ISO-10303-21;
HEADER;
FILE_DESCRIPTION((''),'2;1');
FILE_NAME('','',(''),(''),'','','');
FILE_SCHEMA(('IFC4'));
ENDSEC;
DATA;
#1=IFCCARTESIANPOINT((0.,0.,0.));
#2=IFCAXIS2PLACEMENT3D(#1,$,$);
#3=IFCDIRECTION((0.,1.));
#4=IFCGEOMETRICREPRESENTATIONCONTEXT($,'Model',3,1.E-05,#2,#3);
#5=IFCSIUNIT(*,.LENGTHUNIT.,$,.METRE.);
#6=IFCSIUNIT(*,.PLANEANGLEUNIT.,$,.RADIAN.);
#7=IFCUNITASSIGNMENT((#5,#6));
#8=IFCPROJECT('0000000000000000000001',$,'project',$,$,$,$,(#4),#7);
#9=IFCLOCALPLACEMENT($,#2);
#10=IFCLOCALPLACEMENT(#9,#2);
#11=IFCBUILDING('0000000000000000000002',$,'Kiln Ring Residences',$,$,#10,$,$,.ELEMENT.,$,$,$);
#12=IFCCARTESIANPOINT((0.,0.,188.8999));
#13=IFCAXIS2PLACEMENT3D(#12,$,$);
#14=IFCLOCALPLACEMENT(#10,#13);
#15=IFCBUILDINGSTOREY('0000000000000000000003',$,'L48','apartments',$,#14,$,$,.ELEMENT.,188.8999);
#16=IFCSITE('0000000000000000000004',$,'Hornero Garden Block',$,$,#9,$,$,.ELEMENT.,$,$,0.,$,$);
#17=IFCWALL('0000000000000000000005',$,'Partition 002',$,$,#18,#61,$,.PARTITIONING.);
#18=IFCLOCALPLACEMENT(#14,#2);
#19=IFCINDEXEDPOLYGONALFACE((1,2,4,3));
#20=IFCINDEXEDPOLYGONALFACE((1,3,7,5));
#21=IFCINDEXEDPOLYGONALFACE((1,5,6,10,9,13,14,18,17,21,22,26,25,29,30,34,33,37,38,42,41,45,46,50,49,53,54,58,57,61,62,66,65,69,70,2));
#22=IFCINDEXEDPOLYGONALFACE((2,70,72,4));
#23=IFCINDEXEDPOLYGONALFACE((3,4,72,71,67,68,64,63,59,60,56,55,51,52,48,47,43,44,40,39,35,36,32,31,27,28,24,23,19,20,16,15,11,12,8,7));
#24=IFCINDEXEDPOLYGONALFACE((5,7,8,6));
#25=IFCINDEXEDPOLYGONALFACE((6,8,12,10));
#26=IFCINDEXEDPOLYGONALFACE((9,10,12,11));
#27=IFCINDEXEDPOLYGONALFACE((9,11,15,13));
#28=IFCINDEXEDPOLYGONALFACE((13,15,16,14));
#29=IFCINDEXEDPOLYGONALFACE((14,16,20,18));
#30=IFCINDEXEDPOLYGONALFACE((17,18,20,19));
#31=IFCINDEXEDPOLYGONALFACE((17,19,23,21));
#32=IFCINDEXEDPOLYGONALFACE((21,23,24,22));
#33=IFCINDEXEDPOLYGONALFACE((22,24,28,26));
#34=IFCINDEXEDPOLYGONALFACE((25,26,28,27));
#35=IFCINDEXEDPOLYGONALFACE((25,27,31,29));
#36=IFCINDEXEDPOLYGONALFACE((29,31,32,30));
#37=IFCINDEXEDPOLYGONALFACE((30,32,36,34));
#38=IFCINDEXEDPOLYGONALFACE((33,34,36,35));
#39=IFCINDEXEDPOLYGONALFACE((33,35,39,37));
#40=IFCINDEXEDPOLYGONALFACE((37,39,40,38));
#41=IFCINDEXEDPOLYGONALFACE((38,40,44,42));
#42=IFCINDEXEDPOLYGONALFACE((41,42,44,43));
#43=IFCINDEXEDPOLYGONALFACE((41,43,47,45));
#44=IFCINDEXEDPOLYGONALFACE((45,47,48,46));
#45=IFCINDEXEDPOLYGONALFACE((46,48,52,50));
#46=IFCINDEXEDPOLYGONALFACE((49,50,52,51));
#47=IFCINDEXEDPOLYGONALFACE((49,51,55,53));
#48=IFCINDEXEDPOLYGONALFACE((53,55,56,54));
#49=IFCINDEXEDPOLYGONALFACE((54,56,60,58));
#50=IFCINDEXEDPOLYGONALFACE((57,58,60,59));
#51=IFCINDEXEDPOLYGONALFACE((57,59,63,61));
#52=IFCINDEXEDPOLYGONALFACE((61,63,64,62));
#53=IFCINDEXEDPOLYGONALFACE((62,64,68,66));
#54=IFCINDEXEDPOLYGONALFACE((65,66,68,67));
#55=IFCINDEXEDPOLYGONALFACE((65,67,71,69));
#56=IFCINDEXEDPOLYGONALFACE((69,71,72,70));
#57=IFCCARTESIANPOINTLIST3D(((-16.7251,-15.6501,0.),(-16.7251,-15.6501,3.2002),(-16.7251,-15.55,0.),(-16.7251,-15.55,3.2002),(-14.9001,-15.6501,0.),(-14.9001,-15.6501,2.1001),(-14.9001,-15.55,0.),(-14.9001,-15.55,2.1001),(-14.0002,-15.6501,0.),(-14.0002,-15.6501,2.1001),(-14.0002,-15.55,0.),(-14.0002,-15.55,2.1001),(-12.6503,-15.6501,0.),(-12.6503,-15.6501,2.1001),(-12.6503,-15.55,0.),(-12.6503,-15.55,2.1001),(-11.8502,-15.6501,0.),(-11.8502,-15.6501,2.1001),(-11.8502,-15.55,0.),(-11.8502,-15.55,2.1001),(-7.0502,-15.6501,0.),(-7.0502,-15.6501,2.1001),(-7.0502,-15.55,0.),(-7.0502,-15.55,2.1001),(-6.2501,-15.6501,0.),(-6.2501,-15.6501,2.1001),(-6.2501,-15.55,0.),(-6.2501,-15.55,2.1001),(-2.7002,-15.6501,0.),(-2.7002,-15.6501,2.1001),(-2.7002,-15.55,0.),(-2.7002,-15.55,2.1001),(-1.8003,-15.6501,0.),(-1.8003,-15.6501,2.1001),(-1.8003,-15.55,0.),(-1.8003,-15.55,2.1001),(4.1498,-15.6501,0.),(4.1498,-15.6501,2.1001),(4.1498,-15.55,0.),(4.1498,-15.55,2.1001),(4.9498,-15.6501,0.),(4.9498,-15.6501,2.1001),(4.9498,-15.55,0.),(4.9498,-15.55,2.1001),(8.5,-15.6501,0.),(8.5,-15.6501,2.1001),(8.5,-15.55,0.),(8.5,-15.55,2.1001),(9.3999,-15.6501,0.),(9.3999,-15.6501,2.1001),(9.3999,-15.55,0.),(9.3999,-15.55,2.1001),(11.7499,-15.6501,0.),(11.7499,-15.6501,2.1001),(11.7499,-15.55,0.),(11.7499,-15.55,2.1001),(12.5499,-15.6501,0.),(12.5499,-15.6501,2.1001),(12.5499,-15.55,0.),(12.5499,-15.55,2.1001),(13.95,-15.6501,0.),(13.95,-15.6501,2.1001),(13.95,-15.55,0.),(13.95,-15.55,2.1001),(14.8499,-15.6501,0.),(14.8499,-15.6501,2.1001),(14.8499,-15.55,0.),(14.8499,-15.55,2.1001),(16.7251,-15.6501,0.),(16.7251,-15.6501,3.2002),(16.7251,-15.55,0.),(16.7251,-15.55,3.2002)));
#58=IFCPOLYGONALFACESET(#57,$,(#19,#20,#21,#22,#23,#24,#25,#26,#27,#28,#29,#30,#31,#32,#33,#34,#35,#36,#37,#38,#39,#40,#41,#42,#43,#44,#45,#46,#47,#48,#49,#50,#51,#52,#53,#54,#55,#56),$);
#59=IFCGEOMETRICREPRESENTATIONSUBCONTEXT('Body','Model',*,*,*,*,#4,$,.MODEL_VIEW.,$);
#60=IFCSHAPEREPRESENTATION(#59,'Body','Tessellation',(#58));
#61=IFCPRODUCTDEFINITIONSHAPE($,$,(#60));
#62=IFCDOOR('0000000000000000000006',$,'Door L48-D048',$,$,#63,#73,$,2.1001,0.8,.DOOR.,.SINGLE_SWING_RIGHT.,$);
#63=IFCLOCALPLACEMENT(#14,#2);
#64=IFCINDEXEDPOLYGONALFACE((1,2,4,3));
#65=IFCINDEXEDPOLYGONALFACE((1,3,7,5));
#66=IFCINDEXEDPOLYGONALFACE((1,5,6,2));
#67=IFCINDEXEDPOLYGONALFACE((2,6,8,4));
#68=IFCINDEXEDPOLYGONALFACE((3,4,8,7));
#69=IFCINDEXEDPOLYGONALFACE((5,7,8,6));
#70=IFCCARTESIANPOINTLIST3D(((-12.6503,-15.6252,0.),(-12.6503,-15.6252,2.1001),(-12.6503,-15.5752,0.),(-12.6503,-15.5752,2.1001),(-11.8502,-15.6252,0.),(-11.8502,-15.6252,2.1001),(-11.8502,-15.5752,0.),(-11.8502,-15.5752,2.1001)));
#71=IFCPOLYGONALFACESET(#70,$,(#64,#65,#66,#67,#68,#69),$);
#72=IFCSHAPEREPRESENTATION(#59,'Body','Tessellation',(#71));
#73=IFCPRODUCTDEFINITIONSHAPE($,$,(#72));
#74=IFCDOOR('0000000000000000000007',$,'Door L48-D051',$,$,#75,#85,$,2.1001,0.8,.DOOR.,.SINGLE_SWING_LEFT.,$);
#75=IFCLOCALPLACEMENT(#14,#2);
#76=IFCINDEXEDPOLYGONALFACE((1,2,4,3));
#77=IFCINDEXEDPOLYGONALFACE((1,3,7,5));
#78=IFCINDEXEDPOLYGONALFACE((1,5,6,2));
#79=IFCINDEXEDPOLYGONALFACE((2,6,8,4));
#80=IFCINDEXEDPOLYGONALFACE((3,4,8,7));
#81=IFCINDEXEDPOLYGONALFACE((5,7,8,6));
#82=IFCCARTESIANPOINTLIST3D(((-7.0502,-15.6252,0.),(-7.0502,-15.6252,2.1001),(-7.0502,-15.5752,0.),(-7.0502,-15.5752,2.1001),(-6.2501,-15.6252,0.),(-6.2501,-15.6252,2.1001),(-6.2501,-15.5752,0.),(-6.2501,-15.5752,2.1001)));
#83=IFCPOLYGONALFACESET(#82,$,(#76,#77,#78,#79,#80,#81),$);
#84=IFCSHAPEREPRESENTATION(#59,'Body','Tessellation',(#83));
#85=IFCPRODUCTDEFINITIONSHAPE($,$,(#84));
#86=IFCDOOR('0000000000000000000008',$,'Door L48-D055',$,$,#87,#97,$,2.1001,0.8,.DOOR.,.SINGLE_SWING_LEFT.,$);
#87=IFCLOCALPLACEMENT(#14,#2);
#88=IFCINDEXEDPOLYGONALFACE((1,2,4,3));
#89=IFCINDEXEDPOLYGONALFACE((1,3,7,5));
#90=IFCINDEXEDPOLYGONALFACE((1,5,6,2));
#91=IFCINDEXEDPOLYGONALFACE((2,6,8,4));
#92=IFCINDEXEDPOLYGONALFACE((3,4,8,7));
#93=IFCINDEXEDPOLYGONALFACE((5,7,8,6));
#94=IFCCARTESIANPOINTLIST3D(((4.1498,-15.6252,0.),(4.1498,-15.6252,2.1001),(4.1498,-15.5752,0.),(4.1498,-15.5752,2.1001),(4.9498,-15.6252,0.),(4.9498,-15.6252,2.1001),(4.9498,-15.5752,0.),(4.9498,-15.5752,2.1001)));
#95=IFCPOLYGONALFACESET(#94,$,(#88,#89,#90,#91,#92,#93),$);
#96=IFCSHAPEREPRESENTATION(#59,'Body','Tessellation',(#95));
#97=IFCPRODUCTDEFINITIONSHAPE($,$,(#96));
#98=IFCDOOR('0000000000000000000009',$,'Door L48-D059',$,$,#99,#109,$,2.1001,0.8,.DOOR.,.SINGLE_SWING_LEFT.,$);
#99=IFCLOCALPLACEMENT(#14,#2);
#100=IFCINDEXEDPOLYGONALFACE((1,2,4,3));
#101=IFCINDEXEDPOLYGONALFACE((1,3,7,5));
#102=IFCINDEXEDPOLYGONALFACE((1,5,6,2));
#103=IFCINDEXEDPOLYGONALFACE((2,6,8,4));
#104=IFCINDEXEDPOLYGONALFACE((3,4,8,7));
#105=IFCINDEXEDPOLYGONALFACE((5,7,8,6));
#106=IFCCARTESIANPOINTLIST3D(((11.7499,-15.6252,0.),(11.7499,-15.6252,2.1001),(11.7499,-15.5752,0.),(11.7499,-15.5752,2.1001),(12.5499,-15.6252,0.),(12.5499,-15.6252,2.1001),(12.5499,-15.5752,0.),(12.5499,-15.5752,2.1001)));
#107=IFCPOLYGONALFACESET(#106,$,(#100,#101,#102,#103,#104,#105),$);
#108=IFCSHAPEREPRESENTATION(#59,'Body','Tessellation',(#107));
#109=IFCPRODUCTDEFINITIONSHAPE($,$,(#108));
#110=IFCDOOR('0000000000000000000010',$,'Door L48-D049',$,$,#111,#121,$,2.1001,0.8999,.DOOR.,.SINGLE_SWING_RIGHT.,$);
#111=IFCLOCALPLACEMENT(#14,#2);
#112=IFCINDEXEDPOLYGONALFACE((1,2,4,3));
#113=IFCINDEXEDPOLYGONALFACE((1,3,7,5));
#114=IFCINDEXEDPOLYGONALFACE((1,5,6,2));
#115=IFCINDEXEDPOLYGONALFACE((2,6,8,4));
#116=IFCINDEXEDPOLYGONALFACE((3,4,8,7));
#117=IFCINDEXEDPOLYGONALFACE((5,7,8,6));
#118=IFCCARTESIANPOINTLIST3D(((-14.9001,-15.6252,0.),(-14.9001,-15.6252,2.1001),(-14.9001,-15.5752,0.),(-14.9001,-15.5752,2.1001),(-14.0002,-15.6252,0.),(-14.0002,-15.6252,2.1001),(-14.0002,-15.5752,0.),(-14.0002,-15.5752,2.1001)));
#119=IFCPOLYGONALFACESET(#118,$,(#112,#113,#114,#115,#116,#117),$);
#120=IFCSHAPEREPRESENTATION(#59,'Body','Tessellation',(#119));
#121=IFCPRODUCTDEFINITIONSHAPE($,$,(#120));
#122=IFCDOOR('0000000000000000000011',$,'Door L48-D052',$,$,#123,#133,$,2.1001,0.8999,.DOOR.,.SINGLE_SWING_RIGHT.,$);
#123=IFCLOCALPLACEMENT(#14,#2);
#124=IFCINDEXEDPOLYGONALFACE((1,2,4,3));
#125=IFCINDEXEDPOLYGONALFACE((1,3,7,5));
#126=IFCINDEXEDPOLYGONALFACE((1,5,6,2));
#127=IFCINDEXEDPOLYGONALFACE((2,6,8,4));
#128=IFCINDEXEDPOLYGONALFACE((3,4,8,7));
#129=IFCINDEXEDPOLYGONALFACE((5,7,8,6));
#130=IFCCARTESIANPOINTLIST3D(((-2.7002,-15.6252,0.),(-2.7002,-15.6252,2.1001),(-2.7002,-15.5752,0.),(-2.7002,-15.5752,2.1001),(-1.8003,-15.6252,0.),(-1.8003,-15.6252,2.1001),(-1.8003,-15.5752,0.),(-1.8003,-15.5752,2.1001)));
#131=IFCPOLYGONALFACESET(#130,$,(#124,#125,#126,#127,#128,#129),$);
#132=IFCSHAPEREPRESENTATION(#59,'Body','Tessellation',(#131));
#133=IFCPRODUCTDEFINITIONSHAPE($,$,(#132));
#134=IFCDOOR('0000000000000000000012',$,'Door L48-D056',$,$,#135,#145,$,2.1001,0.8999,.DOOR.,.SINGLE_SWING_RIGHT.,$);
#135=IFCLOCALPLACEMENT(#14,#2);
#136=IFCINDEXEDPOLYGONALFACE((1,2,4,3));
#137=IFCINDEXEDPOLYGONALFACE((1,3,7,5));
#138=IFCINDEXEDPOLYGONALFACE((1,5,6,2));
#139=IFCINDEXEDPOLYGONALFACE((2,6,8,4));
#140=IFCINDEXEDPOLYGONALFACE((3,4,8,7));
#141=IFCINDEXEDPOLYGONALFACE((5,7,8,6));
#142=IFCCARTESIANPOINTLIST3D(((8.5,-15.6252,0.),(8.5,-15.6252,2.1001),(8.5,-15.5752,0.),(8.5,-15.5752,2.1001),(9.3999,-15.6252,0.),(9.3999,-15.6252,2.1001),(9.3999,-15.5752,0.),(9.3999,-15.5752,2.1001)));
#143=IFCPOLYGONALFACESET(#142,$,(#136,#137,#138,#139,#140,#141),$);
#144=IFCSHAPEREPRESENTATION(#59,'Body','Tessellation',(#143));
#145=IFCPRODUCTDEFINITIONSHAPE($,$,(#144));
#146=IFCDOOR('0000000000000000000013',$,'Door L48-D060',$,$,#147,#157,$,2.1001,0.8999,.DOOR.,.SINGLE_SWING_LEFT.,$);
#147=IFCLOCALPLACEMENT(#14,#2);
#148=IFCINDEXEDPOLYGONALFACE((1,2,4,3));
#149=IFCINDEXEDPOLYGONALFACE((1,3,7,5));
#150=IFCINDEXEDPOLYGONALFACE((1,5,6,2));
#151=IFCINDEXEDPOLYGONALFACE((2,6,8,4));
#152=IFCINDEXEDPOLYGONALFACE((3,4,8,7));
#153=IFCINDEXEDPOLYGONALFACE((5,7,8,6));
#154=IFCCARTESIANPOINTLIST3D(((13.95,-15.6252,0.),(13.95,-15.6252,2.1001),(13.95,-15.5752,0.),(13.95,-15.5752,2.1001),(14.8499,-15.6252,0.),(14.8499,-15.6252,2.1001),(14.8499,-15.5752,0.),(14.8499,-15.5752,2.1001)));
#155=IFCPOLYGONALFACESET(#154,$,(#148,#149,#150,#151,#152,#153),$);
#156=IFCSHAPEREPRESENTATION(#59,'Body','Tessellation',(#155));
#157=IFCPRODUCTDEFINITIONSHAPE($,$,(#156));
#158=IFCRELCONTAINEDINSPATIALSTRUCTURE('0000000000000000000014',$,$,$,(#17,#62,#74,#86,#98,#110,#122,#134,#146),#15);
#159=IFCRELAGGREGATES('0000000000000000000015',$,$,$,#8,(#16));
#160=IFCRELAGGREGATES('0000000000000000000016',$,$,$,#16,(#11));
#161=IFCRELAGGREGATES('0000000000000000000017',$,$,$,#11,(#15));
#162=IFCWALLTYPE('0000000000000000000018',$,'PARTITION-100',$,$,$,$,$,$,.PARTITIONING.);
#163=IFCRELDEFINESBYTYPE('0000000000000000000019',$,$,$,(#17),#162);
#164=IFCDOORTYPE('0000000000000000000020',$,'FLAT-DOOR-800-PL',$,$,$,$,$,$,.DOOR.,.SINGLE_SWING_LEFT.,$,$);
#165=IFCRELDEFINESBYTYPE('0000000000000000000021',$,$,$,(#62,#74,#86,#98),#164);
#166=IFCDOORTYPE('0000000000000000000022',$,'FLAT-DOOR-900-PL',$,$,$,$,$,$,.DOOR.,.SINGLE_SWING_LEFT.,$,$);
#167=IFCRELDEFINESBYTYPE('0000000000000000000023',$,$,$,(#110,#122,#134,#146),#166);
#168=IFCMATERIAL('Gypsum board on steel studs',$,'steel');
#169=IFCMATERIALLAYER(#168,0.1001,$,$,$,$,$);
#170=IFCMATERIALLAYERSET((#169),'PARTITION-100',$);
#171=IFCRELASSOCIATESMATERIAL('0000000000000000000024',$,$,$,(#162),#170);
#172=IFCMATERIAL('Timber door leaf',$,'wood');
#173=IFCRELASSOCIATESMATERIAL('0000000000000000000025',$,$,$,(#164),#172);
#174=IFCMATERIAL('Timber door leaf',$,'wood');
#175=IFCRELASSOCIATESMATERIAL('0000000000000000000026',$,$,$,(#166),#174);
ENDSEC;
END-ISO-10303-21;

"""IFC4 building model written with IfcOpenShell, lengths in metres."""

from ifc_helpers import new_model, si_unit, direction, frame, frame_2d, origin, place, context, subcontext, project, spatial, rectangle, extrude, material, layer, layer_set, type_object, element, fill, save


model = new_model("IFC4")

# Units and contexts
model_context = context("Model", 3, precision=1e-05, world=origin(), true_north=direction((0.0, 1.0)))
body_context = subcontext(model_context, "Body", "Model", "MODEL_VIEW")
ifc_project = project(units=[si_unit("LENGTHUNIT", "METRE"), si_unit("PLANEANGLEUNIT", "RADIAN")], contexts=[model_context])

# Site, building, storey
site_placement = place(None, origin())
site = spatial("IfcSite", under=ifc_project, at=site_placement, Name="Hornero Garden Block", CompositionType="ELEMENT", RefElevation=0.0)
building_placement = place(site_placement, origin())
building = spatial("IfcBuilding", under=site, at=building_placement, Name="Kiln Ring Residences", CompositionType="ELEMENT")
storey_placement = place(building_placement, frame((0.0, 0.0, 188.8999)))
storey = spatial("IfcBuildingStorey", under=building, at=storey_placement, Name="L48", Description="apartments", CompositionType="ELEMENT", Elevation=188.8999)

# Wall, openings, doors
ifc_material_1 = material(Name="Gypsum board on steel studs", Category="steel")
ifc_layer_1 = layer(ifc_material_1, 0.1001)
ifc_layer_set_1 = layer_set([ifc_layer_1], Name="PARTITION-100")
wall_type_1 = type_object("IfcWallType", Name="PARTITION-100", PredefinedType="PARTITIONING", material=ifc_layer_set_1)
wall_1_placement = place(storey_placement, frame((-16.7251, -15.6001, 0.0), z_axis=(0.0, 0.0, 1.0), x_axis=(1.0, 0.0, 0.0)))
wall_1 = element("IfcWall", 1, at=wall_1_placement, inside=storey, type_object=wall_type_1, Name="Partition 002", PredefinedType="PARTITIONING", context=body_context, shape_type="SweptSolid", body=[
    extrude(rectangle(XDim=33.4502, YDim=0.1001, at=frame_2d((16.7251, 0.0))), origin(), (0.0, 0.0, 1.0), 3.2002),
])
opening_1_placement = place(wall_1_placement, frame((4.075, 0.0, 0.0)))
opening_1 = element("IfcOpeningElement", 2, at=opening_1_placement, cuts=wall_1, PredefinedType="OPENING", context=body_context, shape_type="SweptSolid", body=[
    extrude(rectangle(XDim=0.8, YDim=2.1001, at=frame_2d((0.3999, 1.05))), frame((0.0, 0.0601, 0.0), z_axis=(0.0, -1.0, 0.0), x_axis=(1.0, 0.0, 0.0)), (0.0, 0.0, 1.0), 0.1201),
])
opening_2_placement = place(wall_1_placement, frame((1.825, 0.0, 0.0)))
opening_2 = element("IfcOpeningElement", 3, at=opening_2_placement, cuts=wall_1, PredefinedType="OPENING", context=body_context, shape_type="SweptSolid", body=[
    extrude(rectangle(XDim=0.8999, YDim=2.1001, at=frame_2d((0.45, 1.05))), frame((0.0, 0.0601, 0.0), z_axis=(0.0, -1.0, 0.0), x_axis=(1.0, 0.0, 0.0)), (0.0, 0.0, 1.0), 0.1201),
])
opening_3_placement = place(wall_1_placement, frame((9.675, 0.0, 0.0)))
opening_3 = element("IfcOpeningElement", 4, at=opening_3_placement, cuts=wall_1, PredefinedType="OPENING", context=body_context, shape_type="SweptSolid", body=[
    extrude(rectangle(XDim=0.8, YDim=2.1001, at=frame_2d((0.3999, 1.05))), frame((0.0, 0.0601, 0.0), z_axis=(0.0, -1.0, 0.0), x_axis=(1.0, 0.0, 0.0)), (0.0, 0.0, 1.0), 0.1201),
])
opening_4_placement = place(wall_1_placement, frame((14.0249, 0.0, 0.0)))
opening_4 = element("IfcOpeningElement", 5, at=opening_4_placement, cuts=wall_1, PredefinedType="OPENING", context=body_context, shape_type="SweptSolid", body=[
    extrude(rectangle(XDim=0.8999, YDim=2.1001, at=frame_2d((0.45, 1.05))), frame((0.0, 0.0601, 0.0), z_axis=(0.0, -1.0, 0.0), x_axis=(1.0, 0.0, 0.0)), (0.0, 0.0, 1.0), 0.1201),
])
opening_5_placement = place(wall_1_placement, frame((20.875, 0.0, 0.0)))
opening_5 = element("IfcOpeningElement", 6, at=opening_5_placement, cuts=wall_1, PredefinedType="OPENING", context=body_context, shape_type="SweptSolid", body=[
    extrude(rectangle(XDim=0.8, YDim=2.1001, at=frame_2d((0.3999, 1.05))), frame((0.0, 0.0601, 0.0), z_axis=(0.0, -1.0, 0.0), x_axis=(1.0, 0.0, 0.0)), (0.0, 0.0, 1.0), 0.1201),
])
opening_6_placement = place(wall_1_placement, frame((25.2251, 0.0, 0.0)))
opening_6 = element("IfcOpeningElement", 7, at=opening_6_placement, cuts=wall_1, PredefinedType="OPENING", context=body_context, shape_type="SweptSolid", body=[
    extrude(rectangle(XDim=0.8999, YDim=2.1001, at=frame_2d((0.45, 1.05))), frame((0.0, 0.0601, 0.0), z_axis=(0.0, -1.0, 0.0), x_axis=(1.0, 0.0, 0.0)), (0.0, 0.0, 1.0), 0.1201),
])
opening_7_placement = place(wall_1_placement, frame((28.4751, 0.0, 0.0)))
opening_7 = element("IfcOpeningElement", 8, at=opening_7_placement, cuts=wall_1, PredefinedType="OPENING", context=body_context, shape_type="SweptSolid", body=[
    extrude(rectangle(XDim=0.8, YDim=2.1001, at=frame_2d((0.3999, 1.05))), frame((0.0, 0.0601, 0.0), z_axis=(0.0, -1.0, 0.0), x_axis=(1.0, 0.0, 0.0)), (0.0, 0.0, 1.0), 0.1201),
])
opening_8_placement = place(wall_1_placement, frame((30.675, 0.0, 0.0)))
opening_8 = element("IfcOpeningElement", 9, at=opening_8_placement, cuts=wall_1, PredefinedType="OPENING", context=body_context, shape_type="SweptSolid", body=[
    extrude(rectangle(XDim=0.8999, YDim=2.1001, at=frame_2d((0.45, 1.05))), frame((0.0, 0.0601, 0.0), z_axis=(0.0, -1.0, 0.0), x_axis=(1.0, 0.0, 0.0)), (0.0, 0.0, 1.0), 0.1201),
])
ifc_material_2 = material(Name="Timber door leaf", Category="wood")
door_type_1 = type_object("IfcDoorType", Name="FLAT-DOOR-800-PL", OperationType="SINGLE_SWING_LEFT", PredefinedType="DOOR", material=ifc_material_2)
door_1_placement = place(opening_1_placement, origin())
door_1 = element("IfcDoor", 10, at=door_1_placement, inside=storey, type_object=door_type_1, Name="Door L48-D048", OperationType="SINGLE_SWING_RIGHT", OverallHeight=2.1001, OverallWidth=0.8, PredefinedType="DOOR", context=body_context, shape_type="SweptSolid", body=[
    extrude(rectangle(XDim=0.8, YDim=2.1001, at=frame_2d((0.3999, 1.05))), frame((0.0, 0.0249, 0.0), z_axis=(0.0, -1.0, 0.0), x_axis=(1.0, 0.0, 0.0)), (0.0, 0.0, 1.0), 0.05),
])
fill(opening_1, door_1)
door_2_placement = place(opening_3_placement, origin())
door_2 = element("IfcDoor", 11, at=door_2_placement, inside=storey, type_object=door_type_1, Name="Door L48-D051", OperationType="SINGLE_SWING_LEFT", OverallHeight=2.1001, OverallWidth=0.8, PredefinedType="DOOR", context=body_context, shape_type="SweptSolid", body=[
    extrude(rectangle(XDim=0.8, YDim=2.1001, at=frame_2d((0.3999, 1.05))), frame((0.0, 0.0249, 0.0), z_axis=(0.0, -1.0, 0.0), x_axis=(1.0, 0.0, 0.0)), (0.0, 0.0, 1.0), 0.05),
])
fill(opening_3, door_2)
door_3_placement = place(opening_5_placement, origin())
door_3 = element("IfcDoor", 12, at=door_3_placement, inside=storey, type_object=door_type_1, Name="Door L48-D055", OperationType="SINGLE_SWING_LEFT", OverallHeight=2.1001, OverallWidth=0.8, PredefinedType="DOOR", context=body_context, shape_type="SweptSolid", body=[
    extrude(rectangle(XDim=0.8, YDim=2.1001, at=frame_2d((0.3999, 1.05))), frame((0.0, 0.0249, 0.0), z_axis=(0.0, -1.0, 0.0), x_axis=(1.0, 0.0, 0.0)), (0.0, 0.0, 1.0), 0.05),
])
fill(opening_5, door_3)
door_4_placement = place(opening_7_placement, origin())
door_4 = element("IfcDoor", 13, at=door_4_placement, inside=storey, type_object=door_type_1, Name="Door L48-D059", OperationType="SINGLE_SWING_LEFT", OverallHeight=2.1001, OverallWidth=0.8, PredefinedType="DOOR", context=body_context, shape_type="SweptSolid", body=[
    extrude(rectangle(XDim=0.8, YDim=2.1001, at=frame_2d((0.3999, 1.05))), frame((0.0, 0.0249, 0.0), z_axis=(0.0, -1.0, 0.0), x_axis=(1.0, 0.0, 0.0)), (0.0, 0.0, 1.0), 0.05),
])
fill(opening_7, door_4)
ifc_material_3 = material(Name="Timber door leaf", Category="wood")
door_type_2 = type_object("IfcDoorType", Name="FLAT-DOOR-900-PL", OperationType="SINGLE_SWING_LEFT", PredefinedType="DOOR", material=ifc_material_3)
door_5_placement = place(opening_2_placement, origin())
door_5 = element("IfcDoor", 14, at=door_5_placement, inside=storey, type_object=door_type_2, Name="Door L48-D049", OperationType="SINGLE_SWING_RIGHT", OverallHeight=2.1001, OverallWidth=0.8999, PredefinedType="DOOR", context=body_context, shape_type="SweptSolid", body=[
    extrude(rectangle(XDim=0.8999, YDim=2.1001, at=frame_2d((0.45, 1.05))), frame((0.0, 0.0249, 0.0), z_axis=(0.0, -1.0, 0.0), x_axis=(1.0, 0.0, 0.0)), (0.0, 0.0, 1.0), 0.05),
])
fill(opening_2, door_5)
door_6_placement = place(opening_4_placement, origin())
door_6 = element("IfcDoor", 15, at=door_6_placement, inside=storey, type_object=door_type_2, Name="Door L48-D052", OperationType="SINGLE_SWING_RIGHT", OverallHeight=2.1001, OverallWidth=0.8999, PredefinedType="DOOR", context=body_context, shape_type="SweptSolid", body=[
    extrude(rectangle(XDim=0.8999, YDim=2.1001, at=frame_2d((0.45, 1.05))), frame((0.0, 0.0249, 0.0), z_axis=(0.0, -1.0, 0.0), x_axis=(1.0, 0.0, 0.0)), (0.0, 0.0, 1.0), 0.05),
])
fill(opening_4, door_6)
door_7_placement = place(opening_6_placement, origin())
door_7 = element("IfcDoor", 16, at=door_7_placement, inside=storey, type_object=door_type_2, Name="Door L48-D056", OperationType="SINGLE_SWING_RIGHT", OverallHeight=2.1001, OverallWidth=0.8999, PredefinedType="DOOR", context=body_context, shape_type="SweptSolid", body=[
    extrude(rectangle(XDim=0.8999, YDim=2.1001, at=frame_2d((0.45, 1.05))), frame((0.0, 0.0249, 0.0), z_axis=(0.0, -1.0, 0.0), x_axis=(1.0, 0.0, 0.0)), (0.0, 0.0, 1.0), 0.05),
])
fill(opening_6, door_7)
door_8_placement = place(opening_8_placement, origin())
door_8 = element("IfcDoor", 17, at=door_8_placement, inside=storey, type_object=door_type_2, Name="Door L48-D060", OperationType="SINGLE_SWING_LEFT", OverallHeight=2.1001, OverallWidth=0.8999, PredefinedType="DOOR", context=body_context, shape_type="SweptSolid", body=[
    extrude(rectangle(XDim=0.8999, YDim=2.1001, at=frame_2d((0.45, 1.05))), frame((0.0, 0.0249, 0.0), z_axis=(0.0, -1.0, 0.0), x_axis=(1.0, 0.0, 0.0)), (0.0, 0.0, 1.0), 0.05),
])
fill(opening_8, door_8)

save(model, "model.ifc")
